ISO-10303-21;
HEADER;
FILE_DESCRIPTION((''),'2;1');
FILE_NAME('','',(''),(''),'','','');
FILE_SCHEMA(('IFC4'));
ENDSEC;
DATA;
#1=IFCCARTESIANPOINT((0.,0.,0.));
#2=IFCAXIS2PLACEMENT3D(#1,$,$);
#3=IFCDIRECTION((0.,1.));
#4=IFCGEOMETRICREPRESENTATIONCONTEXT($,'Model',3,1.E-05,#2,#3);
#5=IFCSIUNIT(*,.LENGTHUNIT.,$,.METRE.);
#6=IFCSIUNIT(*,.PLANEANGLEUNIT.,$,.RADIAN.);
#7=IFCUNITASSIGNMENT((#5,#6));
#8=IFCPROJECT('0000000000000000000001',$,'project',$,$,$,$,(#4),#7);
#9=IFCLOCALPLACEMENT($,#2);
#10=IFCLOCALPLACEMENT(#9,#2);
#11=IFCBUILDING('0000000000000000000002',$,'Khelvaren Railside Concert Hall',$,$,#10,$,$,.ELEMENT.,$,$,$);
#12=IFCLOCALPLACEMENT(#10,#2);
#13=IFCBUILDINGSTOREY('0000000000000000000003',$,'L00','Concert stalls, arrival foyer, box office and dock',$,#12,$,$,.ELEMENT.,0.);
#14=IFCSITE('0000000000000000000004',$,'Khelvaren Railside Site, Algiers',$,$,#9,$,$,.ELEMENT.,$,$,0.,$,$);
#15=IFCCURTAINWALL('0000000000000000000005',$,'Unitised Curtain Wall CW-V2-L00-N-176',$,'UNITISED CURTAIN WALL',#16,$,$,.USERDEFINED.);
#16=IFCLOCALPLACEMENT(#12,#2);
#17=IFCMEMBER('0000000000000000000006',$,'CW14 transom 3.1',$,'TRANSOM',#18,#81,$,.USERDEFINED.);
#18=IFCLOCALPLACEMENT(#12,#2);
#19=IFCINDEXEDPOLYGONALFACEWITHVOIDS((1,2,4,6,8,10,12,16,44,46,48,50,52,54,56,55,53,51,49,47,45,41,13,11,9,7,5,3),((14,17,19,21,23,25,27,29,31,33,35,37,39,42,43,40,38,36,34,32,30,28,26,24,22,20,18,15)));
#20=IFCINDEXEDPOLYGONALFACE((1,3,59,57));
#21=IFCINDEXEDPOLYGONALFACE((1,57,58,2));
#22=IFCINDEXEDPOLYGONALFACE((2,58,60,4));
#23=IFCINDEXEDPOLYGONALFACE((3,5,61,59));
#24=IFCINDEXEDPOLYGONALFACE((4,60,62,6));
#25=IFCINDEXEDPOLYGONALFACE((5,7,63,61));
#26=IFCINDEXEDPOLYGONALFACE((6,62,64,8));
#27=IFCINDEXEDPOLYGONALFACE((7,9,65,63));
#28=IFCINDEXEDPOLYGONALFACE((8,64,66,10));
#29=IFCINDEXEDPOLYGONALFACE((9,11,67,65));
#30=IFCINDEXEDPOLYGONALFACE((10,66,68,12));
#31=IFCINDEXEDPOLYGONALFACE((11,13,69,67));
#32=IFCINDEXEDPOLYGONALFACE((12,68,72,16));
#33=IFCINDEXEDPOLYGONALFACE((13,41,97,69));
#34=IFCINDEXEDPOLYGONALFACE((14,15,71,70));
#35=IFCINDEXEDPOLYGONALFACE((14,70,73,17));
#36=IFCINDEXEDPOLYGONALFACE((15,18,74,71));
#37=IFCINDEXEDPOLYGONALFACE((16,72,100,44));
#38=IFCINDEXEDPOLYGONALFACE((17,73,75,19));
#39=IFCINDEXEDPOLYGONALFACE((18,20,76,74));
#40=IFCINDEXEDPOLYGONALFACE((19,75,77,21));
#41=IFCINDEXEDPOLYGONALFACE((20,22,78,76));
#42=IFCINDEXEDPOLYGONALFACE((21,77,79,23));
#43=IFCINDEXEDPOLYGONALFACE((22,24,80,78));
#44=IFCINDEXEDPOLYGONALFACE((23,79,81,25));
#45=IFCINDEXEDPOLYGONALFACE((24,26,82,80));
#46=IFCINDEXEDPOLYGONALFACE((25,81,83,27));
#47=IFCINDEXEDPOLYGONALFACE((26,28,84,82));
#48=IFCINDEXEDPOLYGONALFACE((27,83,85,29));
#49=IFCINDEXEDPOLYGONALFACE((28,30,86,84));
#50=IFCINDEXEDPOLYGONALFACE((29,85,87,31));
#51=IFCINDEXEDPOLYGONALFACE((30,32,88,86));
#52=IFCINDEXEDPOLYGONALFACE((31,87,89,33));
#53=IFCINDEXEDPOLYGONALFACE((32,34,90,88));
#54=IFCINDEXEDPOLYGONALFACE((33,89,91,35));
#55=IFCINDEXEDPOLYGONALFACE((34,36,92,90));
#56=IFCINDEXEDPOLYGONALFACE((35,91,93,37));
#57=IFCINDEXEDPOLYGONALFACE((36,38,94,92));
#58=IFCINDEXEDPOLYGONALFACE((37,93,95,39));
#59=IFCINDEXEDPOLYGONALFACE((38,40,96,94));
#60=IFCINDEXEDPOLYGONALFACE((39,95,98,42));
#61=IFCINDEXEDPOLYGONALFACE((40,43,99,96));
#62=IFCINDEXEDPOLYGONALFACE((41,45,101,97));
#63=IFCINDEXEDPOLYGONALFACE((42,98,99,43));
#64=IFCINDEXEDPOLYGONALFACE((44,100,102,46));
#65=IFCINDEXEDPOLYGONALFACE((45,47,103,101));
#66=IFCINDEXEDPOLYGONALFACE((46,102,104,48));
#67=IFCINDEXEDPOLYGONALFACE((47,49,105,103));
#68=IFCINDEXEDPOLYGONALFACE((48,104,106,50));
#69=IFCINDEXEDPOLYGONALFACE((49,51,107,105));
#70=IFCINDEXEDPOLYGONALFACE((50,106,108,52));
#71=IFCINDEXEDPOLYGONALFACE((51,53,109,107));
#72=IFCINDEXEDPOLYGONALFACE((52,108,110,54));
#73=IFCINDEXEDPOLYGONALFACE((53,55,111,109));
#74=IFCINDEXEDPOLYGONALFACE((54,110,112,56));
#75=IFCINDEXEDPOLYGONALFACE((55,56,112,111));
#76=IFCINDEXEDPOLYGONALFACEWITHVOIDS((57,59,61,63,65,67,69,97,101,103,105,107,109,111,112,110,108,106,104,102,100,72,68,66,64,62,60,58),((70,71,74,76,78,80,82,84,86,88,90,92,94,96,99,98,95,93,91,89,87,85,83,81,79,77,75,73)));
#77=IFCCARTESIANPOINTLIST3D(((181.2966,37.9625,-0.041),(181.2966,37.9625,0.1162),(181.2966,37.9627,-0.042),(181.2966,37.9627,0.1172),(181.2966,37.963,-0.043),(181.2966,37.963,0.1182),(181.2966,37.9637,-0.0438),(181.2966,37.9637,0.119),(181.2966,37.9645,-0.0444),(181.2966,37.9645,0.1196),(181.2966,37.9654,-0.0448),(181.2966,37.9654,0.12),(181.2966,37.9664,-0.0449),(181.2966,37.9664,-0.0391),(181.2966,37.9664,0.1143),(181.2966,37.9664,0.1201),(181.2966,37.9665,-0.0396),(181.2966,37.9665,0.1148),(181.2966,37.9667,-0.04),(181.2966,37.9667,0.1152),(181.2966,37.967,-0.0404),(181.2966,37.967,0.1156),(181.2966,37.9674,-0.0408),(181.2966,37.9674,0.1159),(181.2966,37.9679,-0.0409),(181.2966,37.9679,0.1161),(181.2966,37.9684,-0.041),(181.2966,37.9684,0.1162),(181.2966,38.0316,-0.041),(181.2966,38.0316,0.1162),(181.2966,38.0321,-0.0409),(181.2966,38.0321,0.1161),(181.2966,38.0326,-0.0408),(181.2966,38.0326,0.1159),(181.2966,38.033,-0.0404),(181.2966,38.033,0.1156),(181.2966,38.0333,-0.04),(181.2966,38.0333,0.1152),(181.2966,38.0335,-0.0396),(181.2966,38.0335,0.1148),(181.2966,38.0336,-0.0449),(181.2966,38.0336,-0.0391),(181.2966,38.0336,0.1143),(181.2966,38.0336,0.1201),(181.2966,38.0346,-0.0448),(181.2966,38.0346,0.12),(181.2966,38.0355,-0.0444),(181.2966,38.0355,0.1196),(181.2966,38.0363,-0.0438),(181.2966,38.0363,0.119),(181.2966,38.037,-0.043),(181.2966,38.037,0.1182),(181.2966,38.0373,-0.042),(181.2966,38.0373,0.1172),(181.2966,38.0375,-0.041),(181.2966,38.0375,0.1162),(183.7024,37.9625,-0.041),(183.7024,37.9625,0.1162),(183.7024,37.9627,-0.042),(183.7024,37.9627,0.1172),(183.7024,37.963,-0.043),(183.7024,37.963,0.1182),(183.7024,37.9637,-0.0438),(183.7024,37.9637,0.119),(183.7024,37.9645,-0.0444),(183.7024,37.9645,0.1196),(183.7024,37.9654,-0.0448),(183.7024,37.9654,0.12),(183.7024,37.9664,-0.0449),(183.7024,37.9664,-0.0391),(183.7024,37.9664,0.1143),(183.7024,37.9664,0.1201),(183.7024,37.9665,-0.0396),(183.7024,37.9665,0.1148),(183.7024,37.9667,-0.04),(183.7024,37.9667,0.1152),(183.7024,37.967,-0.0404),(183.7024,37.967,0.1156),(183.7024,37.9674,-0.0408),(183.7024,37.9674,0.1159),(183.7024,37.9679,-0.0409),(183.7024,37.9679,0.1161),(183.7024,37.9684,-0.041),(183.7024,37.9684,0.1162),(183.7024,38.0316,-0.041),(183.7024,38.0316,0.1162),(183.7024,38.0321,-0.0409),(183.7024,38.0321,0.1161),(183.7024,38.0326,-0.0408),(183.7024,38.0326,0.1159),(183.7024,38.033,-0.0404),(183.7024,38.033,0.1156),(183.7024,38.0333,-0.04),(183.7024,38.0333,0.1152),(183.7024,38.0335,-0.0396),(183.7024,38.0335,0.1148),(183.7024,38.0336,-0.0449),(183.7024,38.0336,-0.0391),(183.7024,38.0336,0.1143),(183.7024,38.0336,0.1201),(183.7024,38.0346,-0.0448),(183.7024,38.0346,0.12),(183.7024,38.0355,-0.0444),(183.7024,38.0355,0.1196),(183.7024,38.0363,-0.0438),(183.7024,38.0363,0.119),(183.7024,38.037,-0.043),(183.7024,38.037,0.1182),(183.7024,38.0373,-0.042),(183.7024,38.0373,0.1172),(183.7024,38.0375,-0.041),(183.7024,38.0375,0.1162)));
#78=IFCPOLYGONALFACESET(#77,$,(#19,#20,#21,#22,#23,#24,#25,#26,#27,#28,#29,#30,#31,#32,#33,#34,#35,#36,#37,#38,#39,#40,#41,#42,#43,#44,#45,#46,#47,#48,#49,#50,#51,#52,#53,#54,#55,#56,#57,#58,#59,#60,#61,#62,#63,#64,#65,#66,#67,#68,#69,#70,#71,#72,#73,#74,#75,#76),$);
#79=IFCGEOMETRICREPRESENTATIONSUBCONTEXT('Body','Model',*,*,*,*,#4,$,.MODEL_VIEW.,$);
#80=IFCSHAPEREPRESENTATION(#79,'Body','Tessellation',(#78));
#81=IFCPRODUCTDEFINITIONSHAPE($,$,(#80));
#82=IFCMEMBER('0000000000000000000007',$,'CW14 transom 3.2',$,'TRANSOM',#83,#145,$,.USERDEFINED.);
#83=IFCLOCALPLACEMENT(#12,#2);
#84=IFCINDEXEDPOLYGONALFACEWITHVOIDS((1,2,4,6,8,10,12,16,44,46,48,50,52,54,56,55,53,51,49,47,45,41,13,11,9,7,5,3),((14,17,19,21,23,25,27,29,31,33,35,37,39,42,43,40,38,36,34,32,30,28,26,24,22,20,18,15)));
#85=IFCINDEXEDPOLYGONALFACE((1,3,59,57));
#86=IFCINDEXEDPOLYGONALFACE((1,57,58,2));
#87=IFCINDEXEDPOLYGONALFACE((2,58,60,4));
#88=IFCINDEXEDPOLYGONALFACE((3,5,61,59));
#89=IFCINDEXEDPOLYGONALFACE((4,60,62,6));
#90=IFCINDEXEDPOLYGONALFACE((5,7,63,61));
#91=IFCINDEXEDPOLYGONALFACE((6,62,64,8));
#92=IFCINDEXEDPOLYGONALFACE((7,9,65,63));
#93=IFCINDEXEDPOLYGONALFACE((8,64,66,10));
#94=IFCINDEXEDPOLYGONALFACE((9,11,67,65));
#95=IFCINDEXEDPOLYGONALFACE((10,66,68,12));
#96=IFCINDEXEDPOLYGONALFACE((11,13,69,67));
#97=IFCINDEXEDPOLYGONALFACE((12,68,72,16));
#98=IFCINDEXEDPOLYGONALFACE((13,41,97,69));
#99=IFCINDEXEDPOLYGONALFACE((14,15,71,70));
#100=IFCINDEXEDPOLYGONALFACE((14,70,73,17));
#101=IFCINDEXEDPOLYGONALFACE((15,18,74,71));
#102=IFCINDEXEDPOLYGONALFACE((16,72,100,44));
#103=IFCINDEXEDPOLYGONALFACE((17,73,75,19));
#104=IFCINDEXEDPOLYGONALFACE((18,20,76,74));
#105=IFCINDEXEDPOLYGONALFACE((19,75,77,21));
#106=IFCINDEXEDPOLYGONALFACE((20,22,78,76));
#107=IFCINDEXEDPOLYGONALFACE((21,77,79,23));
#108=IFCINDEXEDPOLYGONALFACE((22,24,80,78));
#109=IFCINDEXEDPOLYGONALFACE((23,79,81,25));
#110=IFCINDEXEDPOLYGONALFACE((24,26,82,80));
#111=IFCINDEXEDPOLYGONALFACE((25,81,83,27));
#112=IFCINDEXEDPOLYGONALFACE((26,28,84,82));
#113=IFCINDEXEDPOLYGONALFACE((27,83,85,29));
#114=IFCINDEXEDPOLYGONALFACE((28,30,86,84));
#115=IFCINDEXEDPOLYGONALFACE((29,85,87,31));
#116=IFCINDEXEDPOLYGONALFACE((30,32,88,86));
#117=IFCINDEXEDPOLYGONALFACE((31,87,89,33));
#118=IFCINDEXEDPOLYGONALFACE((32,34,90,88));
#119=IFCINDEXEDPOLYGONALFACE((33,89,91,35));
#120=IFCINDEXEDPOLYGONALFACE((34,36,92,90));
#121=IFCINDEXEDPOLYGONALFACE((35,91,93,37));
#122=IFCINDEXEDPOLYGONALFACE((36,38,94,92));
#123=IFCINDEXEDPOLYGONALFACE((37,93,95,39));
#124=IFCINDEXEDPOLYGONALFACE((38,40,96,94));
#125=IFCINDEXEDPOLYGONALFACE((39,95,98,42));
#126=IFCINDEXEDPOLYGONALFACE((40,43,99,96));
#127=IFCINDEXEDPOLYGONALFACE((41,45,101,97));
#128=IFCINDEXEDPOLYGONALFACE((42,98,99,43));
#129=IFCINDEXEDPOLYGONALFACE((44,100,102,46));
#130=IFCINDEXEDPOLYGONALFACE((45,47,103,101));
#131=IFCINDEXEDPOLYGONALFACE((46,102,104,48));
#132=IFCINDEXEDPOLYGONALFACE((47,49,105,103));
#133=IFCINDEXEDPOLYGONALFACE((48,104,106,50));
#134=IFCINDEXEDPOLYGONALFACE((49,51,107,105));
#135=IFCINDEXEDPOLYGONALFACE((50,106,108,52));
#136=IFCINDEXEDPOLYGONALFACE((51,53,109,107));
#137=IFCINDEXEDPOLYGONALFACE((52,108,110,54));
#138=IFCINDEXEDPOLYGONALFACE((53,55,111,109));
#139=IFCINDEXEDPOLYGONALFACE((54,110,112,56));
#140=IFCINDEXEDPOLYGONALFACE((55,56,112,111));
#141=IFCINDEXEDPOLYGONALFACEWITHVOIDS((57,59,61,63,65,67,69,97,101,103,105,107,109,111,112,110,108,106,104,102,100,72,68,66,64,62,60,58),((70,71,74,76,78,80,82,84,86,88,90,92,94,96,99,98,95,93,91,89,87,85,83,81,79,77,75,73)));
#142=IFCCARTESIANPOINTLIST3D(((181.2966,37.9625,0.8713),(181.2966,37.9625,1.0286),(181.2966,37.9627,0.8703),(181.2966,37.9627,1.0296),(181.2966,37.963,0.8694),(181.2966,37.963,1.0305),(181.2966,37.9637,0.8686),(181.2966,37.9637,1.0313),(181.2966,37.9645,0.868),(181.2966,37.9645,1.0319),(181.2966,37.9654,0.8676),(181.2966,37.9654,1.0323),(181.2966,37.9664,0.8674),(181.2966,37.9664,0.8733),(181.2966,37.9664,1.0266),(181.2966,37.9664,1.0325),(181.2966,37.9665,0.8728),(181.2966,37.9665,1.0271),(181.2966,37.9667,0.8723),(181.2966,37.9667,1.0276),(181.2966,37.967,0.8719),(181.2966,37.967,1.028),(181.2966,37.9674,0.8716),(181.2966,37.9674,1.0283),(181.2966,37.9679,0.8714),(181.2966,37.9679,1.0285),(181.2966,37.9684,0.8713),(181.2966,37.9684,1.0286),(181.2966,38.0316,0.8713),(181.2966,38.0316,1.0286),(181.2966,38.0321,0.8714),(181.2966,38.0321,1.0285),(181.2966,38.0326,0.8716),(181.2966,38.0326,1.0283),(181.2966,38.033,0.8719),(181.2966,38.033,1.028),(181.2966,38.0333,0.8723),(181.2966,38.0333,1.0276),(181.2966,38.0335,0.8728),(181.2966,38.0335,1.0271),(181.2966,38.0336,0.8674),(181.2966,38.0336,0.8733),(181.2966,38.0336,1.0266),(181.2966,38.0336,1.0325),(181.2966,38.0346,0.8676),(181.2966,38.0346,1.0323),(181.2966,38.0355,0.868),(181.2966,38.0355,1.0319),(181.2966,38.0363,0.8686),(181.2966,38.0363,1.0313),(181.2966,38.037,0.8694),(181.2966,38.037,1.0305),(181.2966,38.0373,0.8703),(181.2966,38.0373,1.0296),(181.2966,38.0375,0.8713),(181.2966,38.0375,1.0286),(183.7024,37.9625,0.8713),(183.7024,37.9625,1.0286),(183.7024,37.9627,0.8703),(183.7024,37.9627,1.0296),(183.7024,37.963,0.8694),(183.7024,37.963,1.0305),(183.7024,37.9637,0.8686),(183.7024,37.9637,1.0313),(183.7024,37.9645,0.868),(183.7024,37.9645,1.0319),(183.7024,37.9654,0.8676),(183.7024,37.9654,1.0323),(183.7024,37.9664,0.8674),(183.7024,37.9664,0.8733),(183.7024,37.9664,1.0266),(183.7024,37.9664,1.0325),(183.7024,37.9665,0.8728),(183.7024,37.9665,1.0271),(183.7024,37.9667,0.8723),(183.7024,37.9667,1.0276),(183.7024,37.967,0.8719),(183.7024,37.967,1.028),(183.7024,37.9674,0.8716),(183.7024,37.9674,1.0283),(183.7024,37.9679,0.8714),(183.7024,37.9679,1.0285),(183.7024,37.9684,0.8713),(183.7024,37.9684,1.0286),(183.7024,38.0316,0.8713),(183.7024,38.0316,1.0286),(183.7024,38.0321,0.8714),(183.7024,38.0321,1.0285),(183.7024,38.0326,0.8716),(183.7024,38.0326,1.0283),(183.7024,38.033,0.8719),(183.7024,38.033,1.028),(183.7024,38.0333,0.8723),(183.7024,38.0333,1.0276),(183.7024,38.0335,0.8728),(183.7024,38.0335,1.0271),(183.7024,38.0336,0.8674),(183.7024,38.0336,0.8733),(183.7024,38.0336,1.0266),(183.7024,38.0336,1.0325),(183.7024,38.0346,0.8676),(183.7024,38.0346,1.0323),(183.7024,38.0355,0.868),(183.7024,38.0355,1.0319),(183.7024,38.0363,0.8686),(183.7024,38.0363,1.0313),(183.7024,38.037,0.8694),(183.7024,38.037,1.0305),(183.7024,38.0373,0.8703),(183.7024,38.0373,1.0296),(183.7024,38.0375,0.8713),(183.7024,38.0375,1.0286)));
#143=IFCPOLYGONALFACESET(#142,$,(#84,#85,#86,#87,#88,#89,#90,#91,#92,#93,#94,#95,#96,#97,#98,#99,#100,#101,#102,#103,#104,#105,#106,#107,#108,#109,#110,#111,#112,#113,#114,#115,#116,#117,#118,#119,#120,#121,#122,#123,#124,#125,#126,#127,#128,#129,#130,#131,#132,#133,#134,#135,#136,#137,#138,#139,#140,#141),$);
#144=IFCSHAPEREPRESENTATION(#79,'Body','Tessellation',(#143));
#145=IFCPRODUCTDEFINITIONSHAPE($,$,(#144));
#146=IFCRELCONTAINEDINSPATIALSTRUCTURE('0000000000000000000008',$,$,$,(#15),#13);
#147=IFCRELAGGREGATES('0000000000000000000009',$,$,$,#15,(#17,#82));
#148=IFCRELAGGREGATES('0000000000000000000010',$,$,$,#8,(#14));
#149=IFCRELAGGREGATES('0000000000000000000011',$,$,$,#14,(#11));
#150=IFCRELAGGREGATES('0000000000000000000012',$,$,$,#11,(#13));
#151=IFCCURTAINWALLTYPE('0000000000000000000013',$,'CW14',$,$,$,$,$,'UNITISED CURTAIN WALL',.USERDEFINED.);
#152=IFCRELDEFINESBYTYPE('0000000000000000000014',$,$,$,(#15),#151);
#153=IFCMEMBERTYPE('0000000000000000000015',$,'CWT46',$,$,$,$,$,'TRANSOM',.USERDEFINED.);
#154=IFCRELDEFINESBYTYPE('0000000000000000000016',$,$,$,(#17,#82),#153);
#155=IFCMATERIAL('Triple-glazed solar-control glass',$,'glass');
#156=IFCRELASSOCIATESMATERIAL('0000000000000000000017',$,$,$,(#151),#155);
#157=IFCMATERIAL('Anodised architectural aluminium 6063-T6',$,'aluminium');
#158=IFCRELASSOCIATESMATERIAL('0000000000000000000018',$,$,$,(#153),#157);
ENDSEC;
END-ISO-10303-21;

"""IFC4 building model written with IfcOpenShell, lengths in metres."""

from ifc_helpers import new_model, si_unit, direction, frame, origin, origin_2d, place, context, subcontext, project, spatial, hollow_rectangle, extrude, material, material_profile, profile_set, type_object, element, aggregate, save


model = new_model("IFC4")

# Units and contexts
model_context = context("Model", 3, precision=1e-05, world=origin(), true_north=direction((0.0, 1.0)))
body_context = subcontext(model_context, "Body", "Model", "MODEL_VIEW")
ifc_project = project(units=[si_unit("LENGTHUNIT", "METRE"), si_unit("PLANEANGLEUNIT", "RADIAN")], contexts=[model_context])

# Site, building, storey
site_placement = place(None, origin())
site = spatial("IfcSite", under=ifc_project, at=site_placement, Name="Khelvaren Railside Site, Algiers", CompositionType="ELEMENT", RefElevation=0.0)
building_placement = place(site_placement, origin())
building = spatial("IfcBuilding", under=site, at=building_placement, Name="Khelvaren Railside Concert Hall", CompositionType="ELEMENT")
storey_placement = place(building_placement, origin())
storey = spatial("IfcBuildingStorey", under=building, at=storey_placement, Name="L00", Description="Concert stalls, arrival foyer, box office and dock", CompositionType="ELEMENT", Elevation=0.0)

# Curtain wall, members
ifc_material_1 = material(Name="Triple-glazed solar-control glass", Category="glass")
curtain_wall_type = type_object("IfcCurtainWallType", Name="CW14", ElementType="UNITISED CURTAIN WALL", PredefinedType="USERDEFINED", material=ifc_material_1)
curtain_wall_placement = place(storey_placement, origin())
curtain_wall = element("IfcCurtainWall", 1, at=curtain_wall_placement, inside=storey, type_object=curtain_wall_type, Name="Unitised Curtain Wall CW-V2-L00-N-176", ObjectType="UNITISED CURTAIN WALL", PredefinedType="USERDEFINED")
ifc_material_2 = material(Name="Anodised architectural aluminium 6063-T6", Category="aluminium")
ifc_material_profile_1 = material_profile(ifc_material_2, hollow_rectangle(XDim=0.075, YDim=0.165, WallThickness=0.0039, InnerFilletRadius=0.002, OuterFilletRadius=0.0039, at=origin_2d()), Name="CWT 75x165x4")
ifc_profile_set_1 = profile_set([ifc_material_profile_1], Name="Anodised architectural aluminium 6063-T6")
member_type_1 = type_object("IfcMemberType", Name="CWT46", ElementType="TRANSOM", PredefinedType="USERDEFINED", material=ifc_profile_set_1)
member_1_placement = place(storey_placement, frame((181.2966, 38.0, 0.0376), z_axis=(1.0, 0.0, 0.0), x_axis=(0.0, 1.0, 0.0)))
member_1 = element("IfcMember", 2, at=member_1_placement, type_object=member_type_1, Name="CW14 transom 3.1", ObjectType="TRANSOM", PredefinedType="USERDEFINED", context=body_context, shape_type="SweptSolid", body=[
    extrude(hollow_rectangle(XDim=0.075, YDim=0.165, WallThickness=0.0039, InnerFilletRadius=0.002, OuterFilletRadius=0.0039, at=origin_2d()), origin(), (0.0, 0.0, 1.0), 2.4058),
])
member_2_placement = place(storey_placement, frame((181.2966, 38.0, 0.95), z_axis=(1.0, 0.0, 0.0), x_axis=(0.0, 1.0, 0.0)))
member_2 = element("IfcMember", 3, at=member_2_placement, type_object=member_type_1, Name="CW14 transom 3.2", ObjectType="TRANSOM", PredefinedType="USERDEFINED", context=body_context, shape_type="SweptSolid", body=[
    extrude(hollow_rectangle(XDim=0.075, YDim=0.165, WallThickness=0.0039, InnerFilletRadius=0.002, OuterFilletRadius=0.0039, at=origin_2d()), origin(), (0.0, 0.0, 1.0), 2.4058),
])

aggregate(curtain_wall, [member_1, member_2])

save(model, "model.ifc")
